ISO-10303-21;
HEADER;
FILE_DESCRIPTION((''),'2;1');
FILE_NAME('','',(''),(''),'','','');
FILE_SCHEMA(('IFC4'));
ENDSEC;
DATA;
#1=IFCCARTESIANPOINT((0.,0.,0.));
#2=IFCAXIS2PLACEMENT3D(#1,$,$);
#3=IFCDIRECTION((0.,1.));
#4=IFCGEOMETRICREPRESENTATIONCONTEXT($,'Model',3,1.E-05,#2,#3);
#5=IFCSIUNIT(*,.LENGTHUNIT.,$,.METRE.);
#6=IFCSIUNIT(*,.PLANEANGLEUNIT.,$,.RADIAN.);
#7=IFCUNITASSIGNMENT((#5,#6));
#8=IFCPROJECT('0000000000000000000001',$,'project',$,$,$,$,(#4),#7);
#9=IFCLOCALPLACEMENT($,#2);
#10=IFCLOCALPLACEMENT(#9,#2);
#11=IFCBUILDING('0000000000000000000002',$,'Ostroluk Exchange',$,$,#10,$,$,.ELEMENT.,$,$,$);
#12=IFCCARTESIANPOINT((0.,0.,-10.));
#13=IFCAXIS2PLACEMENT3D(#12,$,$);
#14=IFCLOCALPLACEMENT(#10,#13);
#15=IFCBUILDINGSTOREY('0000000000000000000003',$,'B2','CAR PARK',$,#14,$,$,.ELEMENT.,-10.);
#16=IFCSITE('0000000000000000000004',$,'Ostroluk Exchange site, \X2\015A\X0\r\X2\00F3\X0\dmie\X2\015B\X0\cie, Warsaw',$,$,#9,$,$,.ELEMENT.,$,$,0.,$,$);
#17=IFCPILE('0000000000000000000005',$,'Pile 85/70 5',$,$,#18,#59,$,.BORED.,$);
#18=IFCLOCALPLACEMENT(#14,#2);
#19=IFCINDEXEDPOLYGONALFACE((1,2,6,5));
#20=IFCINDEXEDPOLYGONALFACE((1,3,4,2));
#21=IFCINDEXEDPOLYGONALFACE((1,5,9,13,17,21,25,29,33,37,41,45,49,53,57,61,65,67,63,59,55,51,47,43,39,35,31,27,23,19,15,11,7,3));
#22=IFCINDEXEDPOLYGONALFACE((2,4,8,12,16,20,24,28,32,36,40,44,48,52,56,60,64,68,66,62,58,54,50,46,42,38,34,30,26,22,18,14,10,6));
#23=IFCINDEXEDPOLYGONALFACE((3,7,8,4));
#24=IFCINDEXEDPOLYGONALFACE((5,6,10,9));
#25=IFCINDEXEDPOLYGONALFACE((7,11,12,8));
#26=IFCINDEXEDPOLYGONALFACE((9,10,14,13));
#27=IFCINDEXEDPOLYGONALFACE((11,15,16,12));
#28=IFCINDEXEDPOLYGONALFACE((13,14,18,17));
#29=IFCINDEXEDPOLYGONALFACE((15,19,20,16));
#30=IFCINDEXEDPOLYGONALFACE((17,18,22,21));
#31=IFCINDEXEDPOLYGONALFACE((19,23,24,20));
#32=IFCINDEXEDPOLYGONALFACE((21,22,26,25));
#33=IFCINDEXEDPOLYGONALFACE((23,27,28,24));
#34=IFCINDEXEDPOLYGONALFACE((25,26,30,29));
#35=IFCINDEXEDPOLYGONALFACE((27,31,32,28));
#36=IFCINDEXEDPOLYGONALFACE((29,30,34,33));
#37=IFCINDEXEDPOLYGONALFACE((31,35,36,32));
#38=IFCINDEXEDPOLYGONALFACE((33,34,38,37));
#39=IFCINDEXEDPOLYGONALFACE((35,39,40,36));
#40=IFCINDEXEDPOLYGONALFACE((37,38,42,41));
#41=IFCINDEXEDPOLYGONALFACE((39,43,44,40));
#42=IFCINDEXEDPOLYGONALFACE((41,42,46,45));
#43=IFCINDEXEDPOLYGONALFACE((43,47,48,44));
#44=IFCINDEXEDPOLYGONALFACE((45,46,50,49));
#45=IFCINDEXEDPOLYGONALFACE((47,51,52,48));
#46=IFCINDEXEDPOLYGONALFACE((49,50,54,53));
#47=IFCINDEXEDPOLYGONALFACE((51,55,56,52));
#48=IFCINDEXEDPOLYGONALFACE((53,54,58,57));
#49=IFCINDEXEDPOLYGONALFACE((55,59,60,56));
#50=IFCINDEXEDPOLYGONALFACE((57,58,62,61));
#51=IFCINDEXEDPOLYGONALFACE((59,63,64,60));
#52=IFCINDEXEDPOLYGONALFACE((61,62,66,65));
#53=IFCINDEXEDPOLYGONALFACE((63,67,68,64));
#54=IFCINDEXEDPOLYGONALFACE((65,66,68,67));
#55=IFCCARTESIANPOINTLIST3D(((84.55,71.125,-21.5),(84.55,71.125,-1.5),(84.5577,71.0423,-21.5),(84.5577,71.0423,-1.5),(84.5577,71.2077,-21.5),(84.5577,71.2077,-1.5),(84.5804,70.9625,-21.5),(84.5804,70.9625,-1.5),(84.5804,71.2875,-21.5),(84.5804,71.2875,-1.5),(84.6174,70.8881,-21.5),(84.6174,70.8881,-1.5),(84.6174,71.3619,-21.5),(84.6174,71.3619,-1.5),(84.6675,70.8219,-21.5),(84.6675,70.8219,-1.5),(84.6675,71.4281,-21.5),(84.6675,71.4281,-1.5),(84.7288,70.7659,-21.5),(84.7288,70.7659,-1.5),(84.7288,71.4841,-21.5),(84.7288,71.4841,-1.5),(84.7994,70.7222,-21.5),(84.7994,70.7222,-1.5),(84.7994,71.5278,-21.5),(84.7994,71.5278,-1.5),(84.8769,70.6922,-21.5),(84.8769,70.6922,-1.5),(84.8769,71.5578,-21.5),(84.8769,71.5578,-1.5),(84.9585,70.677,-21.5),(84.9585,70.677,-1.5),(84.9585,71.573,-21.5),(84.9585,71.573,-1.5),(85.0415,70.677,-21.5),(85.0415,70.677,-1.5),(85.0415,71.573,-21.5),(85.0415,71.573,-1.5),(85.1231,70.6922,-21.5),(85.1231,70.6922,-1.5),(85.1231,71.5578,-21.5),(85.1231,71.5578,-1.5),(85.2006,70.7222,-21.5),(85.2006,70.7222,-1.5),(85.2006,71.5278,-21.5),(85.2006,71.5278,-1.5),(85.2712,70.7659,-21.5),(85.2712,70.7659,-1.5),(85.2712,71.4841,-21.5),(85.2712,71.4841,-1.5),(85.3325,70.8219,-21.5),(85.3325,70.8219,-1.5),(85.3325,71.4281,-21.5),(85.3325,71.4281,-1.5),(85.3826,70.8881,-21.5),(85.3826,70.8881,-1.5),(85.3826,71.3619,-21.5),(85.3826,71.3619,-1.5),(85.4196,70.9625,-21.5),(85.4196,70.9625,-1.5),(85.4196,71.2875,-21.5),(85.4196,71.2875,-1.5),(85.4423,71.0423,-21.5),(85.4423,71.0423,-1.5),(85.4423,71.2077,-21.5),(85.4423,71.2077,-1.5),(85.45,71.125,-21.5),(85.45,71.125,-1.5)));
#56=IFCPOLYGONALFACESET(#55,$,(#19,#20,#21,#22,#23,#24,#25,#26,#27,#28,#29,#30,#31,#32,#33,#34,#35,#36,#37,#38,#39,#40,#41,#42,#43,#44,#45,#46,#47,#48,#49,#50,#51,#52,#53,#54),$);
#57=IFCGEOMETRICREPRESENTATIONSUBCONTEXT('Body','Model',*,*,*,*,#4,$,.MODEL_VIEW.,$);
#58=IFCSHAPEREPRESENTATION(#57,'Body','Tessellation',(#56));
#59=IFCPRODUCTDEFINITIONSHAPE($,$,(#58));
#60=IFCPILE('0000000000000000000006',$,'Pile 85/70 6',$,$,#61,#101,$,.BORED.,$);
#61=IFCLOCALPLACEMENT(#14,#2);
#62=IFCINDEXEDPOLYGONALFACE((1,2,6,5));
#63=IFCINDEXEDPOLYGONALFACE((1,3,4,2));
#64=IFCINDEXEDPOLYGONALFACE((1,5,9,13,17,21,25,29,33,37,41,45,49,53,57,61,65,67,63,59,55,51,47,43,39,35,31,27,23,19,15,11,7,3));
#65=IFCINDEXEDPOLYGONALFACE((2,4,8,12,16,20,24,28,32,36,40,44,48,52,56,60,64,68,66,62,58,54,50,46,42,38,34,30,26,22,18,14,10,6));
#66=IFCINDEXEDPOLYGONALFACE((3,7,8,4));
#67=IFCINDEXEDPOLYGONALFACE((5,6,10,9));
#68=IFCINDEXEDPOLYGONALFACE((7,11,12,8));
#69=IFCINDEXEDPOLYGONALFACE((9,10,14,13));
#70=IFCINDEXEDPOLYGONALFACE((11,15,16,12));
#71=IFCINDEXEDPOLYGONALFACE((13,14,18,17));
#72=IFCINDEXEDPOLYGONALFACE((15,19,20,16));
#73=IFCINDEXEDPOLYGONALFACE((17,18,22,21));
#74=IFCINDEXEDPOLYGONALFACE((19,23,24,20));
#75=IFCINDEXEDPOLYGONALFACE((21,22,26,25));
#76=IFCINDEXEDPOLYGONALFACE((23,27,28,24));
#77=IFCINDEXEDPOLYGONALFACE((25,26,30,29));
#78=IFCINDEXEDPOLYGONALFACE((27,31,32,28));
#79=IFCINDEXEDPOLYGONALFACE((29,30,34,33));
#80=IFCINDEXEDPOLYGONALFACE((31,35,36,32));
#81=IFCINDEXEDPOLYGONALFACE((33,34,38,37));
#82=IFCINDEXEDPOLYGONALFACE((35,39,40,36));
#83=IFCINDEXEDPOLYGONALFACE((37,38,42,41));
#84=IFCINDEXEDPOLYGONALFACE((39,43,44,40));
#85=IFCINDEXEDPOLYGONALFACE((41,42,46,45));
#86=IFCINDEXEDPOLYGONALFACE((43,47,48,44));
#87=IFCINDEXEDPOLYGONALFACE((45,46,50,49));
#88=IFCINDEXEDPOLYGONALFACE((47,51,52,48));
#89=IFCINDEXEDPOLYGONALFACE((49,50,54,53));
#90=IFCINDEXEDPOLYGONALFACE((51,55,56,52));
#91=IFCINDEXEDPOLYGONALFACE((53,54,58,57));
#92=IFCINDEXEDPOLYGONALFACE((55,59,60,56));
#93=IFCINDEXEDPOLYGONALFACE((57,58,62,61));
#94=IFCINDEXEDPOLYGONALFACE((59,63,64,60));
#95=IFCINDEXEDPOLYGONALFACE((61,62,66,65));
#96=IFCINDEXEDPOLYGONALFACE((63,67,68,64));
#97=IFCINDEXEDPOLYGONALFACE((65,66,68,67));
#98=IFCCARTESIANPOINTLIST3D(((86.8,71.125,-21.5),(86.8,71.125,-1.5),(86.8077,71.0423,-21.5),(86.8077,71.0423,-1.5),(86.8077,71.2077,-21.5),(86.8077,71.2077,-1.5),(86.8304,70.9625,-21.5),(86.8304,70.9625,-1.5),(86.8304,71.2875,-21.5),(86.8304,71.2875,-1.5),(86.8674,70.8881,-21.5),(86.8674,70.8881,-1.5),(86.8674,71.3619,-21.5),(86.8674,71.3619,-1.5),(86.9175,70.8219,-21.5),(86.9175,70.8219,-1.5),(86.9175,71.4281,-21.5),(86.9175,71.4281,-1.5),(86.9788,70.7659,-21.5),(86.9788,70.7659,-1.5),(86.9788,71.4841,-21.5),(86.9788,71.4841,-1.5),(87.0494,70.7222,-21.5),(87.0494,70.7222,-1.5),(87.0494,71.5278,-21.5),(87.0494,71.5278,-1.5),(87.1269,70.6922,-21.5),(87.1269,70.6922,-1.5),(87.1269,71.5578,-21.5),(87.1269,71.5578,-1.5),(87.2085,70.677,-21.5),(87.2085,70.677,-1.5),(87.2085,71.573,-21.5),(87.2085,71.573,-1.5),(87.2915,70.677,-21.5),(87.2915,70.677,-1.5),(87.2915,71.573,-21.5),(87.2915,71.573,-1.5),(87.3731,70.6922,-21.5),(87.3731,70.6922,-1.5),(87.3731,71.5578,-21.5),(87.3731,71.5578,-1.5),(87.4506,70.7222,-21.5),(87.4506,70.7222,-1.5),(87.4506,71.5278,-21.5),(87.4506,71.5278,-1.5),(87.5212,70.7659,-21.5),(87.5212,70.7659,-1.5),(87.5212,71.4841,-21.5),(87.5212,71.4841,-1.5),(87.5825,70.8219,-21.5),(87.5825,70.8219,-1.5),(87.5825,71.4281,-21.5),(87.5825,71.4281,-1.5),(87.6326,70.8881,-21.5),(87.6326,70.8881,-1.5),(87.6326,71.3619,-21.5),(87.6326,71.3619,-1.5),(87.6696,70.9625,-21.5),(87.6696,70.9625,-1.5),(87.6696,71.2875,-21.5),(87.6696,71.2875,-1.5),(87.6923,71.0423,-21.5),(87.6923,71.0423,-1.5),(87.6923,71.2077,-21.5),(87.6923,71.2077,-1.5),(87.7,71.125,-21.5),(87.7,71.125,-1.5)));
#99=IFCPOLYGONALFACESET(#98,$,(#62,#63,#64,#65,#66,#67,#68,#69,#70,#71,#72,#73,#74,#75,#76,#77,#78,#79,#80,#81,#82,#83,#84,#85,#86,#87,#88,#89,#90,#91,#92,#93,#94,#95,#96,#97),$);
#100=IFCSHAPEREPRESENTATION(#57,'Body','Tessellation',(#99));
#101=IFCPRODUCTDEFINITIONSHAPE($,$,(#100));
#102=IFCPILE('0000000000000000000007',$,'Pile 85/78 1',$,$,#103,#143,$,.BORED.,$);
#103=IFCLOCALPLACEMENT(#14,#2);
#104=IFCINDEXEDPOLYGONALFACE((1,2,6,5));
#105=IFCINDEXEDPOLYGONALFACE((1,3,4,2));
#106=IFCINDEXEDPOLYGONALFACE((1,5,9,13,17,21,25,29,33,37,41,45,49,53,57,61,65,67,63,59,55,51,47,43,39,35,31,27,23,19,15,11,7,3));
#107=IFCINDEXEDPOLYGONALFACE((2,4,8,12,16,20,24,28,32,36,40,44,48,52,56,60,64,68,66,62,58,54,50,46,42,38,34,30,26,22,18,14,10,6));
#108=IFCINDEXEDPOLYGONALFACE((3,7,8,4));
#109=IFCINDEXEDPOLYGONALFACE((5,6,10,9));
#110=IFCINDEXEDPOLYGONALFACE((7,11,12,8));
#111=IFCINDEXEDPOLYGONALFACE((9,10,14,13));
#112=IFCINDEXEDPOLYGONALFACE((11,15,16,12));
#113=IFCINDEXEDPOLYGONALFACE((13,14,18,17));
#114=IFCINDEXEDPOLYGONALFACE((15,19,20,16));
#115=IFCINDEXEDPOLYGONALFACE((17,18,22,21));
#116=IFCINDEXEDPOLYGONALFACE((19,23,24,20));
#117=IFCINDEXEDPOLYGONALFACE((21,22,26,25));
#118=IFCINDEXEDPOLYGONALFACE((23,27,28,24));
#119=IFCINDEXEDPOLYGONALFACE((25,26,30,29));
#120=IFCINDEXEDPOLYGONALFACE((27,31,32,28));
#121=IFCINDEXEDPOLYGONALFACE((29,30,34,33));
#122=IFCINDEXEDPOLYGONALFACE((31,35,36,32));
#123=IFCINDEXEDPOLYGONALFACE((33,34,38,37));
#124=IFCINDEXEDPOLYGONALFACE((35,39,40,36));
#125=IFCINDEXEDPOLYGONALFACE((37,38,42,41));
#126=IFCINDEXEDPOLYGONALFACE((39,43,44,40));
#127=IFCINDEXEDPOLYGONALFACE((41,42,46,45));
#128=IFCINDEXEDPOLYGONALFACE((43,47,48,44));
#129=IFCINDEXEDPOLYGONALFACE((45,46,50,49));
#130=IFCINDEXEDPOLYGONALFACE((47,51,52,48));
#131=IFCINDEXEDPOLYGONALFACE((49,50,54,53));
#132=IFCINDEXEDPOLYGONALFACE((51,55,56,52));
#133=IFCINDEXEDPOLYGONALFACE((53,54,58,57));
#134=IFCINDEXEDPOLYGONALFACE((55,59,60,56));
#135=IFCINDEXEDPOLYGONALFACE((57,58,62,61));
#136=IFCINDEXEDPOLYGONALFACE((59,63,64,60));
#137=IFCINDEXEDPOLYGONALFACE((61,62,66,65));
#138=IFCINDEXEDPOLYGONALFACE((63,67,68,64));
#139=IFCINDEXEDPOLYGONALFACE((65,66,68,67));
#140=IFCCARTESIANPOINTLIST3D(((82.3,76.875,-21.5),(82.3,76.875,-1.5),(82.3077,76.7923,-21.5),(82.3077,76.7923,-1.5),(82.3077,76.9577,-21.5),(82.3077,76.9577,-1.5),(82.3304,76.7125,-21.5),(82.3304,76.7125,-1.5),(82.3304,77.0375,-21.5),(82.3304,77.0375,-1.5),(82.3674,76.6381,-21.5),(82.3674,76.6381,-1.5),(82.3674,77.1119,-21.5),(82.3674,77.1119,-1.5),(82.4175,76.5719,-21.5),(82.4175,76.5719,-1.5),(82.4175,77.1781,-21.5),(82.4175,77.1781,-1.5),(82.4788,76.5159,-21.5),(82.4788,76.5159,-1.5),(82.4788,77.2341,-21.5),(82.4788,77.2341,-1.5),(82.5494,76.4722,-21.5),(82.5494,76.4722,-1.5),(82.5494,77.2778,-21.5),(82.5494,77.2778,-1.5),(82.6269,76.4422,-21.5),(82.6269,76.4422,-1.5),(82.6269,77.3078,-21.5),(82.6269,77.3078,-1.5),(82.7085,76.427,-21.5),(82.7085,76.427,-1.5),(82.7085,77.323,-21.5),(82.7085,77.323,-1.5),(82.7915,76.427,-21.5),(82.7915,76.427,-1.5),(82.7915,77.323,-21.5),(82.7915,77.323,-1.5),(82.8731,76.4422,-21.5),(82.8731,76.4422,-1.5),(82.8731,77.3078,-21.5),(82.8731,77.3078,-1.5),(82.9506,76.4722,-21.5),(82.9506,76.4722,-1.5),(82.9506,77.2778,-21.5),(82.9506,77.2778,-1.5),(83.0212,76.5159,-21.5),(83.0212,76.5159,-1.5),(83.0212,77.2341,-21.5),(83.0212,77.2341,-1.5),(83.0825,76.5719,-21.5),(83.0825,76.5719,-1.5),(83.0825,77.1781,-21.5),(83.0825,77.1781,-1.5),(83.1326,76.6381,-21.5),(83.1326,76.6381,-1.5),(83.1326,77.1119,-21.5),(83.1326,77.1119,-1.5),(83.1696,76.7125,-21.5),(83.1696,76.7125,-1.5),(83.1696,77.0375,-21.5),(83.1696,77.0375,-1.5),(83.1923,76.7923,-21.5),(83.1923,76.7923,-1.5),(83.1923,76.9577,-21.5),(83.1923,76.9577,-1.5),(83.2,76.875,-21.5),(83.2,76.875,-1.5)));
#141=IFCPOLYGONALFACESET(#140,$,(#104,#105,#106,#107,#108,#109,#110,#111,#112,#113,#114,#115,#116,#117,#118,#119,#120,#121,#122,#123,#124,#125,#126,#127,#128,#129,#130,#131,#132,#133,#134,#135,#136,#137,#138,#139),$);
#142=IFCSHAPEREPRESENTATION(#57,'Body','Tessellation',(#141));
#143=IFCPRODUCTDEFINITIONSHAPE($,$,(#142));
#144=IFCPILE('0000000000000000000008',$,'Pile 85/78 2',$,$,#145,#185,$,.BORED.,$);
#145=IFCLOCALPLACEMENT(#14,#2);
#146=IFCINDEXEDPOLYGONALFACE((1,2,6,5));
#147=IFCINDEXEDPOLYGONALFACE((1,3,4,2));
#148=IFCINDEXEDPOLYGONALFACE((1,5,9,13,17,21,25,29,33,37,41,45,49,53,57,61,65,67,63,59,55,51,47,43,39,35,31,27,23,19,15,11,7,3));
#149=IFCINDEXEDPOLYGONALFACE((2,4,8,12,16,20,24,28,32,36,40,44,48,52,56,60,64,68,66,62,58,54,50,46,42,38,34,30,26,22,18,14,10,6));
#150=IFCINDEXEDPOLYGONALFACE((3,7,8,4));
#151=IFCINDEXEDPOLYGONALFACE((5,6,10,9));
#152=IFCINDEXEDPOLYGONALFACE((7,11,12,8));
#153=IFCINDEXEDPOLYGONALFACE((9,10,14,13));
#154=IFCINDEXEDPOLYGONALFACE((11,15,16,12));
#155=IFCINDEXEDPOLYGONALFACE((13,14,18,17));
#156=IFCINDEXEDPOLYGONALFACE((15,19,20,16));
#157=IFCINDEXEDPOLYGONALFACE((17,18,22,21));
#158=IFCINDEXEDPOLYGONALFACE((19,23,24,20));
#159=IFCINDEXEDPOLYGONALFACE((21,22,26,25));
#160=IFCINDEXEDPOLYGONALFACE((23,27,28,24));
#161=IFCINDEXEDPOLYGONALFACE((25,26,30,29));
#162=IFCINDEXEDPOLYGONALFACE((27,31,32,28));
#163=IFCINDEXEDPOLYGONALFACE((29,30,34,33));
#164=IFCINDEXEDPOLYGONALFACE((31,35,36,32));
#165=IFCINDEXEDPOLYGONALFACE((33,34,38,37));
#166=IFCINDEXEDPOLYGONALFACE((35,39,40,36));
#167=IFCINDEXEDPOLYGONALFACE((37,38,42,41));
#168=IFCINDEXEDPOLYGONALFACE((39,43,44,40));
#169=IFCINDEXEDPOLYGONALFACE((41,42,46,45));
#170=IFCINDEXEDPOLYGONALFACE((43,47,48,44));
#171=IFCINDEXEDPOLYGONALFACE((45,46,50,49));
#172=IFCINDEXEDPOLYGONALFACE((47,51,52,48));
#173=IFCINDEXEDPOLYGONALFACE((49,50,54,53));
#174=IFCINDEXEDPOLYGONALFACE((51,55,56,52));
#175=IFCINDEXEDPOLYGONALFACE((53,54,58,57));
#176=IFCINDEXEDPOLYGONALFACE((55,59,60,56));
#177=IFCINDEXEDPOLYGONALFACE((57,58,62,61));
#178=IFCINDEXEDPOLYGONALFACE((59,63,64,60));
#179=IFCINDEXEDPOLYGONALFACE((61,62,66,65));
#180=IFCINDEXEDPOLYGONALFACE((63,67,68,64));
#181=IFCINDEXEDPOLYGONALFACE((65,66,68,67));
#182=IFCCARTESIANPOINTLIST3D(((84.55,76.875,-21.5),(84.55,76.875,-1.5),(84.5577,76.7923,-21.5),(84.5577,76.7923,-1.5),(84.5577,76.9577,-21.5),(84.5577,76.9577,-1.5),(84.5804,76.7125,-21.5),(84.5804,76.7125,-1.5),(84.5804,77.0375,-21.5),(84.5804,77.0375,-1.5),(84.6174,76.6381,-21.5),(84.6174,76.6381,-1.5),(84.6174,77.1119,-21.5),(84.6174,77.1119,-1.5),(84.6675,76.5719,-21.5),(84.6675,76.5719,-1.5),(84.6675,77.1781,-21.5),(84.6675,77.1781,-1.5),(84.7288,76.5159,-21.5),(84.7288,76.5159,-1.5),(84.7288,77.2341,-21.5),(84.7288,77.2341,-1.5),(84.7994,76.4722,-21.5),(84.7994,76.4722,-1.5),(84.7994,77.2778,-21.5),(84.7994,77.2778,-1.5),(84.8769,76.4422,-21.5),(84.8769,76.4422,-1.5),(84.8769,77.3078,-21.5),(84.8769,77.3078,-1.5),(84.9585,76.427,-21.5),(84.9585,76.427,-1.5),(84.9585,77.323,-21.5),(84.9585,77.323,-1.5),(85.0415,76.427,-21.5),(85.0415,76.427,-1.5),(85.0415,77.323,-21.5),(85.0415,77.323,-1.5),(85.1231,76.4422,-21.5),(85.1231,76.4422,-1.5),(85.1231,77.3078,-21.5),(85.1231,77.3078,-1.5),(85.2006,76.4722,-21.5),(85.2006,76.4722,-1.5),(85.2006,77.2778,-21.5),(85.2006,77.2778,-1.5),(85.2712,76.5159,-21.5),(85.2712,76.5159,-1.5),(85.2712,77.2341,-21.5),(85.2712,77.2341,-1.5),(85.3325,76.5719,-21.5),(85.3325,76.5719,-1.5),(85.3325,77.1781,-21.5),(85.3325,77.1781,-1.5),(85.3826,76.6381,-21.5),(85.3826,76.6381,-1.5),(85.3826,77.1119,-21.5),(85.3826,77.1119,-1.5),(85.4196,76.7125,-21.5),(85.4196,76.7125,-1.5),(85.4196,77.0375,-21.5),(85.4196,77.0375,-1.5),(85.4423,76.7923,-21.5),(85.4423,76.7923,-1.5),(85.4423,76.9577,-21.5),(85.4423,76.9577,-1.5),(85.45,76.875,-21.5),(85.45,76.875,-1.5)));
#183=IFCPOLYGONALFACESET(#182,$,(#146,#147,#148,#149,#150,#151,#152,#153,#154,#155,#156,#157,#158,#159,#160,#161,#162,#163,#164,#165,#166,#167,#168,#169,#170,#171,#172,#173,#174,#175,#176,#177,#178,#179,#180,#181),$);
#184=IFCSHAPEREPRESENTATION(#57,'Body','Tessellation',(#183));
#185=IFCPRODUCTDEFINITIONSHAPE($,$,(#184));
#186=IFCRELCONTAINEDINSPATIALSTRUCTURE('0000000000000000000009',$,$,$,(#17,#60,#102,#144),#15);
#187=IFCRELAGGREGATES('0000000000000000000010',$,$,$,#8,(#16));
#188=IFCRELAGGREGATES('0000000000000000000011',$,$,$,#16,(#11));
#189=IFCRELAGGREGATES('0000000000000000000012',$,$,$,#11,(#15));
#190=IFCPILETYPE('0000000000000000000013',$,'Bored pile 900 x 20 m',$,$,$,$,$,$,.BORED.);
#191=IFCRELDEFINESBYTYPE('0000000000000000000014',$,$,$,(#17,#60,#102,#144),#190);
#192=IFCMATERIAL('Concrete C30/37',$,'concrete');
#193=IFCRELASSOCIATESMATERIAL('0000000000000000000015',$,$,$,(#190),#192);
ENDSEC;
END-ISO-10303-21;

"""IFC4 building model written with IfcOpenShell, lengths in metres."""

from ifc_helpers import new_model, si_unit, direction, frame, origin, origin_2d, place, context, subcontext, project, spatial, circle, extrude, material, type_object, element, save


model = new_model("IFC4")

# Units and contexts
model_context = context("Model", 3, precision=1e-05, world=origin(), true_north=direction((0.0, 1.0)))
body_context = subcontext(model_context, "Body", "Model", "MODEL_VIEW")
ifc_project = project(units=[si_unit("LENGTHUNIT", "METRE"), si_unit("PLANEANGLEUNIT", "RADIAN")], contexts=[model_context])

# Site, building, storey
site_placement = place(None, origin())
site = spatial("IfcSite", under=ifc_project, at=site_placement, Name="Ostroluk Exchange site, Śródmieście, Warsaw", CompositionType="ELEMENT", RefElevation=0.0)
building_placement = place(site_placement, origin())
building = spatial("IfcBuilding", under=site, at=building_placement, Name="Ostroluk Exchange", CompositionType="ELEMENT")
storey_placement = place(building_placement, frame((0.0, 0.0, -10.0)))
storey = spatial("IfcBuildingStorey", under=building, at=storey_placement, Name="B2", Description="CAR PARK", CompositionType="ELEMENT", Elevation=-10.0)

# Piles
ifc_material_1 = material(Name="Concrete C30/37", Category="concrete")
pile_type = type_object("IfcPileType", Name="Bored pile 900 x 20 m", PredefinedType="BORED", material=ifc_material_1)
for number, where, z_axis, x_axis, name in (
    (1, (85.0, 71.125, -1.5), (0.0, 0.0, -1.0), (1.0, 0.0, 0.0), "Pile 85/70 5"),
    (2, (87.25, 71.125, -1.5), (0.0, 0.0, -1.0), (1.0, 0.0, 0.0), "Pile 85/70 6"),
    (3, (82.75, 76.875, -1.5), (0.0, 0.0, -1.0), (1.0, 0.0, 0.0), "Pile 85/78 1"),
    (4, (85.0, 76.875, -1.5), (0.0, 0.0, -1.0), (1.0, 0.0, 0.0), "Pile 85/78 2"),
):
    element("IfcPile", number, at=place(storey_placement, frame(where, z_axis=z_axis, x_axis=x_axis)), inside=storey, type_object=pile_type, Name=name, PredefinedType="BORED", context=body_context, shape_type="SweptSolid", body=[
        extrude(circle(Radius=0.45, at=origin_2d()), origin(), (0.0, 0.0, 1.0), 20.0),
    ])

save(model, "model.ifc")
